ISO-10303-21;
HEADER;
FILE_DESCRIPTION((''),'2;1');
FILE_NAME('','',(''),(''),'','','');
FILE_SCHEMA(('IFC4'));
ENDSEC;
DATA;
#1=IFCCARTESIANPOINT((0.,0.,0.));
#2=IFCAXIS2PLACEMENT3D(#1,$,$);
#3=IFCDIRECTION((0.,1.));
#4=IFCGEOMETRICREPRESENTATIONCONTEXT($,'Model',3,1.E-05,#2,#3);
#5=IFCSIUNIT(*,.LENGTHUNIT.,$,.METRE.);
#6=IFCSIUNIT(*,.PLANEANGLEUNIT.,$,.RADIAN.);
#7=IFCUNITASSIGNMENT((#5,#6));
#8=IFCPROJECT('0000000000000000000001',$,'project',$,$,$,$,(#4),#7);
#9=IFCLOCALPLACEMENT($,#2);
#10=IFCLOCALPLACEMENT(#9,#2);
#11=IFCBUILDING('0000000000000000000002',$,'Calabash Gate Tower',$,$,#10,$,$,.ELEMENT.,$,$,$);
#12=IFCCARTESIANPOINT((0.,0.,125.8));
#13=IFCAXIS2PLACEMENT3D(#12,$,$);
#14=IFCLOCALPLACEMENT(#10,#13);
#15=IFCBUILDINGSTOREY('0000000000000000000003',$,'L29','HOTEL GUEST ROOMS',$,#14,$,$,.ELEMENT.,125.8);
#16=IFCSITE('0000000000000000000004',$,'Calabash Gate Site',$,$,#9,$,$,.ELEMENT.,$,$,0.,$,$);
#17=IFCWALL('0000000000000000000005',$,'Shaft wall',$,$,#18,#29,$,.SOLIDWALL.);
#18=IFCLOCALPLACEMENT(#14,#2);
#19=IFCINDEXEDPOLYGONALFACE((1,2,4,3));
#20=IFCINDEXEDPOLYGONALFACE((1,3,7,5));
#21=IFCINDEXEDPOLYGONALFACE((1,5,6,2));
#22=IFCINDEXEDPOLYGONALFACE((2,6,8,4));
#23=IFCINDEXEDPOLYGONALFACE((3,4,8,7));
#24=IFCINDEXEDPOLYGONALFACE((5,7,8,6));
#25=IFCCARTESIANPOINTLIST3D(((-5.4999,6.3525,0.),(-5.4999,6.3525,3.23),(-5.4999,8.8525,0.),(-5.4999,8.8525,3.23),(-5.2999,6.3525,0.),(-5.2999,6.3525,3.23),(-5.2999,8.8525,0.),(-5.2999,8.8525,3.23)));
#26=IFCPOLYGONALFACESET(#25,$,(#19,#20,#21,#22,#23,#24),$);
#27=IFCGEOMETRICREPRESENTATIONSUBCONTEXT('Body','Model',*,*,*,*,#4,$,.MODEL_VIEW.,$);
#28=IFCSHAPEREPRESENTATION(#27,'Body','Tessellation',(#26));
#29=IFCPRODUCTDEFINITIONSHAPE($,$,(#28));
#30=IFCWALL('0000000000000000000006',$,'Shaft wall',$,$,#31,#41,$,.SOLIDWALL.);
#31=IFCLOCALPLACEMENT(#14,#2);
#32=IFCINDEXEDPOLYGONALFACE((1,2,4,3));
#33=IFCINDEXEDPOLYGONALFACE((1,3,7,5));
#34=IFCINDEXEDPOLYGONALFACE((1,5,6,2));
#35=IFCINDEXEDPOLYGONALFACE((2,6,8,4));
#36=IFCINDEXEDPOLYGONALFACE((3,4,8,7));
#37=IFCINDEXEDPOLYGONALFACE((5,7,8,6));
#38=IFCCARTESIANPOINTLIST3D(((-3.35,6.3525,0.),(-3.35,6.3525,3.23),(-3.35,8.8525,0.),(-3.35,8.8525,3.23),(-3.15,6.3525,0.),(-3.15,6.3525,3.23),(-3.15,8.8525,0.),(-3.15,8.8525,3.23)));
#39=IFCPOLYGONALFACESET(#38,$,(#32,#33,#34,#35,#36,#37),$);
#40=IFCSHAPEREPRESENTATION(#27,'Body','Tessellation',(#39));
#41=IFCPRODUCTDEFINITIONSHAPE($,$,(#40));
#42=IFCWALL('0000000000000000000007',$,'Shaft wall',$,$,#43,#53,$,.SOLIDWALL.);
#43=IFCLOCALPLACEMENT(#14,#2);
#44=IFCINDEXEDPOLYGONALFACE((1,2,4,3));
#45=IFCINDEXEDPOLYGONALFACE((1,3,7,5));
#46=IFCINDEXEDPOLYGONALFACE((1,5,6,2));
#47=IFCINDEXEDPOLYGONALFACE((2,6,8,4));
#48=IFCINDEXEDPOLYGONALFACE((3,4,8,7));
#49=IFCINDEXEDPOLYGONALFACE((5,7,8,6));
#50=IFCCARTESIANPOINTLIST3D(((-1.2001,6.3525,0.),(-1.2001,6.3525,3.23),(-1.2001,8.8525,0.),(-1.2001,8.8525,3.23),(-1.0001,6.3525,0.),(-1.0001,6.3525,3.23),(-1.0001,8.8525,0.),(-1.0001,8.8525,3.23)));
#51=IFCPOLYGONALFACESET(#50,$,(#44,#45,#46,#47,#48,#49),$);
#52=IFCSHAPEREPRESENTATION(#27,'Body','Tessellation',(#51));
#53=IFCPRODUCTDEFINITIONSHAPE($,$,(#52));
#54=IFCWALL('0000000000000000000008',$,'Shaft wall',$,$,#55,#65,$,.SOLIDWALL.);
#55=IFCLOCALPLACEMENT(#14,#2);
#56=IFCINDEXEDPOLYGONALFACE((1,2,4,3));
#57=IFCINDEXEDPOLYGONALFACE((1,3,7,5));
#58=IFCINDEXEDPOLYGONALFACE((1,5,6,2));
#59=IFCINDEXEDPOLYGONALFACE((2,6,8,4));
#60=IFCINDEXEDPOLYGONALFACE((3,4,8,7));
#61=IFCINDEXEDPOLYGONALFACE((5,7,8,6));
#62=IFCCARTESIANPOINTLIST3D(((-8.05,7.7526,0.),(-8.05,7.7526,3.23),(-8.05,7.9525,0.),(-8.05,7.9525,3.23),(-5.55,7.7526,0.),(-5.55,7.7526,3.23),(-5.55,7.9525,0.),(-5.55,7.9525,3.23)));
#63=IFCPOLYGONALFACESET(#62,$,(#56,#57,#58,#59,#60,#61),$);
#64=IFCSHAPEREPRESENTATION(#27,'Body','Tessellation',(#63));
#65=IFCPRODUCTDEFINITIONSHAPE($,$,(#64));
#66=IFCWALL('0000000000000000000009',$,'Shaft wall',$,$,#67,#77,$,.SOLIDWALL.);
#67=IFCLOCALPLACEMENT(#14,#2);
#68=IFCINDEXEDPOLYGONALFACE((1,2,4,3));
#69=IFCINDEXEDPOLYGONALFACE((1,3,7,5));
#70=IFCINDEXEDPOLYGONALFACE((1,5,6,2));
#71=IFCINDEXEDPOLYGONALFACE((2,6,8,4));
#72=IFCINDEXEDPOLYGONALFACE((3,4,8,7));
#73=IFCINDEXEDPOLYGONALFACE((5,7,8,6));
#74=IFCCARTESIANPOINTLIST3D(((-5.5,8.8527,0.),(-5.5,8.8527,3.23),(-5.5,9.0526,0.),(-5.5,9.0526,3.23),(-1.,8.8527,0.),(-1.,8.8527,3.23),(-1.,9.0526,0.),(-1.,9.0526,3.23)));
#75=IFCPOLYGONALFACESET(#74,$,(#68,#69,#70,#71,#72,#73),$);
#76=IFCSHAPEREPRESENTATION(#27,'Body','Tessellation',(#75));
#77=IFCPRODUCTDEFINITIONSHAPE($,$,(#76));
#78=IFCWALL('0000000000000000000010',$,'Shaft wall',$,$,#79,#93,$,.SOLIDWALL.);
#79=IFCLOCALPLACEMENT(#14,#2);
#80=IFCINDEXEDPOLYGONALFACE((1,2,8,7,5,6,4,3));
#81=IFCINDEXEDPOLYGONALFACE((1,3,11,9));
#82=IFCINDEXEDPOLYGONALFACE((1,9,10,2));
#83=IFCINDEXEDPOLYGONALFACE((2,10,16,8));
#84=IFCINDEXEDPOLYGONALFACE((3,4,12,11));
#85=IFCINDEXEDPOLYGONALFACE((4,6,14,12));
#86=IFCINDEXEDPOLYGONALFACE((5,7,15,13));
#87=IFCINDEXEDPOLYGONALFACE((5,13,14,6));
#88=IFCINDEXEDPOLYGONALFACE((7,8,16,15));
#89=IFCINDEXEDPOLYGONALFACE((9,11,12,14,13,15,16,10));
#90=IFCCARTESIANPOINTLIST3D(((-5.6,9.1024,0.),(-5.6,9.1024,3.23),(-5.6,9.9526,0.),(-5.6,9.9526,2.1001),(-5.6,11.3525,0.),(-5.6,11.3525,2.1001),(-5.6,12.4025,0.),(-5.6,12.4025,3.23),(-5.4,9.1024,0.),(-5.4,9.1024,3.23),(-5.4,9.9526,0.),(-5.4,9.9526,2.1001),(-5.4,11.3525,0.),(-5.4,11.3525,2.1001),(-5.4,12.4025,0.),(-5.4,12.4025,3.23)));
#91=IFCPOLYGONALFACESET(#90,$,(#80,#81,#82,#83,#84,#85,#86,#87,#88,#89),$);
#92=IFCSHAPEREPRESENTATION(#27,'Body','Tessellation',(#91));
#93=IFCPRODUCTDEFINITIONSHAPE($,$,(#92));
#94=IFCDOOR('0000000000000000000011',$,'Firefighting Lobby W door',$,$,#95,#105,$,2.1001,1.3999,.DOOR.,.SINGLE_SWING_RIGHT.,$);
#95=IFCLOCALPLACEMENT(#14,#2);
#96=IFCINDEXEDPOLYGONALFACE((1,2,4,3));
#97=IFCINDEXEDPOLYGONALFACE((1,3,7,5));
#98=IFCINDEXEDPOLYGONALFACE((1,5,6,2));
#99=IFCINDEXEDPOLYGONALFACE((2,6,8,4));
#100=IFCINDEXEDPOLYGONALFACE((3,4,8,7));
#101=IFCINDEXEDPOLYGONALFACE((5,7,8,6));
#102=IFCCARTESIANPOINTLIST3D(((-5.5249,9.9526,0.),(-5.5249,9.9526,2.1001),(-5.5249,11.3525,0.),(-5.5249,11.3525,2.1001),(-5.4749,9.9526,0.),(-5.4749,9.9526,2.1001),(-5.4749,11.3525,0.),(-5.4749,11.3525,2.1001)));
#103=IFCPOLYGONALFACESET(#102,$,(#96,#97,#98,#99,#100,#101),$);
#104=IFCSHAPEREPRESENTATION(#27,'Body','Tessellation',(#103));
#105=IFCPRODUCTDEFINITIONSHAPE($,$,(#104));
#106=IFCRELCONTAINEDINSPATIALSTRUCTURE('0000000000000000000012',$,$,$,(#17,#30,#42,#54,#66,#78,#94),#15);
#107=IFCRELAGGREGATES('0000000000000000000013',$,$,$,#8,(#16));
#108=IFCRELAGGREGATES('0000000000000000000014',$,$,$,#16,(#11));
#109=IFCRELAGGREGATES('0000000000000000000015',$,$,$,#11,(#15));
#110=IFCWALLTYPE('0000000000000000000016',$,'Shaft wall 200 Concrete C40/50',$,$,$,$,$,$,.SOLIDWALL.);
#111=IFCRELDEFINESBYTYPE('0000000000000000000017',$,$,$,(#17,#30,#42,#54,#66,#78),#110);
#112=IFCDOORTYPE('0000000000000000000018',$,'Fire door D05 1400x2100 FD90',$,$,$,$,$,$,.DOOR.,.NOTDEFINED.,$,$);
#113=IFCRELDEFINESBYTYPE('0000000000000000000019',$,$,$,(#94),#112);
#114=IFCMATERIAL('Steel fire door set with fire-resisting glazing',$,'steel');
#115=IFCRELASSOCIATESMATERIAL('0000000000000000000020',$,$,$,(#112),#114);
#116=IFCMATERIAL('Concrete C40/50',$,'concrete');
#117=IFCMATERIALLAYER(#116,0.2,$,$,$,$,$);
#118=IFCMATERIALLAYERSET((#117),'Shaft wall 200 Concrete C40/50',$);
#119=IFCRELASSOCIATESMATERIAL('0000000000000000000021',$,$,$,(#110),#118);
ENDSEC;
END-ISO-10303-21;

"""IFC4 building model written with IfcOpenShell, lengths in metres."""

from ifc_helpers import new_model, si_unit, direction, frame, frame_2d, origin, place, context, subcontext, project, spatial, rectangle, extrude, material, layer, layer_set, type_object, element, fill, save


model = new_model("IFC4")

# Units and contexts
model_context = context("Model", 3, precision=1e-05, world=origin(), true_north=direction((0.0, 1.0)))
body_context = subcontext(model_context, "Body", "Model", "MODEL_VIEW")
ifc_project = project(units=[si_unit("LENGTHUNIT", "METRE"), si_unit("PLANEANGLEUNIT", "RADIAN")], contexts=[model_context])

# Site, building, storey
site_placement = place(None, origin())
site = spatial("IfcSite", under=ifc_project, at=site_placement, Name="Calabash Gate Site", CompositionType="ELEMENT", RefElevation=0.0)
building_placement = place(site_placement, origin())
building = spatial("IfcBuilding", under=site, at=building_placement, Name="Calabash Gate Tower", CompositionType="ELEMENT")
storey_placement = place(building_placement, frame((0.0, 0.0, 125.8)))
storey = spatial("IfcBuildingStorey", under=building, at=storey_placement, Name="L29", Description="HOTEL GUEST ROOMS", CompositionType="ELEMENT", Elevation=125.8)

# Shared definitions
ifc_material_1 = material(Name="Steel fire door set with fire-resisting glazing", Category="steel")
door_type_1 = type_object("IfcDoorType", Name="Fire door D05 1400x2100 FD90", OperationType="NOTDEFINED", PredefinedType="DOOR", material=ifc_material_1)

# Walls
ifc_material_2 = material(Name="Concrete C40/50", Category="concrete")
ifc_layer_1 = layer(ifc_material_2, 0.2)
ifc_layer_set_1 = layer_set([ifc_layer_1], Name="Shaft wall 200 Concrete C40/50")
wall_type_1 = type_object("IfcWallType", Name="Shaft wall 200 Concrete C40/50", PredefinedType="SOLIDWALL", material=ifc_layer_set_1)
for number, where, z_axis, x_axis, name in (
    (1, (-5.3999, 6.3525, 0.0), (0.0, 0.0, 1.0), (0.0, 1.0, 0.0), "Shaft wall"),
    (2, (-3.25, 6.3525, 0.0), (0.0, 0.0, 1.0), (0.0, 1.0, 0.0), "Shaft wall"),
    (3, (-1.1001, 6.3525, 0.0), (0.0, 0.0, 1.0), (0.0, 1.0, 0.0), "Shaft wall"),
    (4, (-8.05, 7.8525, 0.0), (0.0, 0.0, 1.0), (1.0, 0.0, 0.0), "Shaft wall"),
):
    element("IfcWall", number, at=place(storey_placement, frame(where, z_axis=z_axis, x_axis=x_axis)), inside=storey, type_object=wall_type_1, Name=name, PredefinedType="SOLIDWALL", context=body_context, shape_type="SweptSolid", body=[
        extrude(rectangle(XDim=2.5, YDim=0.2, at=frame_2d((1.25, 0.0))), origin(), (0.0, 0.0, 1.0), 3.23),
    ])
wall_1_placement = place(storey_placement, frame((-5.5, 8.9526, 0.0), z_axis=(0.0, 0.0, 1.0), x_axis=(1.0, 0.0, 0.0)))
element("IfcWall", 5, at=wall_1_placement, inside=storey, type_object=wall_type_1, Name="Shaft wall", PredefinedType="SOLIDWALL", context=body_context, shape_type="SweptSolid", body=[
    extrude(rectangle(XDim=4.5, YDim=0.2, at=frame_2d((2.25, 0.0))), origin(), (0.0, 0.0, 1.0), 3.23),
])

# Wall, opening, door
wall_2_placement = place(storey_placement, frame((-5.5, 9.1025, 0.0), z_axis=(0.0, 0.0, 1.0), x_axis=(0.0, 1.0, 0.0)))
wall_2 = element("IfcWall", 6, at=wall_2_placement, inside=storey, type_object=wall_type_1, Name="Shaft wall", PredefinedType="SOLIDWALL", context=body_context, shape_type="SweptSolid", body=[
    extrude(rectangle(XDim=3.3, YDim=0.2, at=frame_2d((1.6499, 0.0))), origin(), (0.0, 0.0, 1.0), 3.23),
])
opening_1_placement = place(wall_2_placement, frame((0.8501, 0.0, 0.0)))
opening_1 = element("IfcOpeningElement", 7, at=opening_1_placement, cuts=wall_2, PredefinedType="OPENING", context=body_context, shape_type="SweptSolid", body=[
    extrude(rectangle(XDim=1.3999, YDim=2.1001, at=frame_2d((0.7, 1.05))), frame((0.0, 0.1099, 0.0), z_axis=(0.0, -1.0, 0.0), x_axis=(1.0, 0.0, 0.0)), (0.0, 0.0, 1.0), 0.22),
])
door_1_placement = place(opening_1_placement, origin())
door_1 = element("IfcDoor", 8, at=door_1_placement, inside=storey, type_object=door_type_1, Name="Firefighting Lobby W door", OperationType="SINGLE_SWING_RIGHT", OverallHeight=2.1001, OverallWidth=1.3999, PredefinedType="DOOR", context=body_context, shape_type="SweptSolid", body=[
    extrude(rectangle(XDim=1.3999, YDim=2.1001, at=frame_2d((0.7, 1.05))), frame((0.0, 0.0249, 0.0), z_axis=(0.0, -1.0, 0.0), x_axis=(1.0, 0.0, 0.0)), (0.0, 0.0, 1.0), 0.05),
])
fill(opening_1, door_1)

save(model, "model.ifc")
